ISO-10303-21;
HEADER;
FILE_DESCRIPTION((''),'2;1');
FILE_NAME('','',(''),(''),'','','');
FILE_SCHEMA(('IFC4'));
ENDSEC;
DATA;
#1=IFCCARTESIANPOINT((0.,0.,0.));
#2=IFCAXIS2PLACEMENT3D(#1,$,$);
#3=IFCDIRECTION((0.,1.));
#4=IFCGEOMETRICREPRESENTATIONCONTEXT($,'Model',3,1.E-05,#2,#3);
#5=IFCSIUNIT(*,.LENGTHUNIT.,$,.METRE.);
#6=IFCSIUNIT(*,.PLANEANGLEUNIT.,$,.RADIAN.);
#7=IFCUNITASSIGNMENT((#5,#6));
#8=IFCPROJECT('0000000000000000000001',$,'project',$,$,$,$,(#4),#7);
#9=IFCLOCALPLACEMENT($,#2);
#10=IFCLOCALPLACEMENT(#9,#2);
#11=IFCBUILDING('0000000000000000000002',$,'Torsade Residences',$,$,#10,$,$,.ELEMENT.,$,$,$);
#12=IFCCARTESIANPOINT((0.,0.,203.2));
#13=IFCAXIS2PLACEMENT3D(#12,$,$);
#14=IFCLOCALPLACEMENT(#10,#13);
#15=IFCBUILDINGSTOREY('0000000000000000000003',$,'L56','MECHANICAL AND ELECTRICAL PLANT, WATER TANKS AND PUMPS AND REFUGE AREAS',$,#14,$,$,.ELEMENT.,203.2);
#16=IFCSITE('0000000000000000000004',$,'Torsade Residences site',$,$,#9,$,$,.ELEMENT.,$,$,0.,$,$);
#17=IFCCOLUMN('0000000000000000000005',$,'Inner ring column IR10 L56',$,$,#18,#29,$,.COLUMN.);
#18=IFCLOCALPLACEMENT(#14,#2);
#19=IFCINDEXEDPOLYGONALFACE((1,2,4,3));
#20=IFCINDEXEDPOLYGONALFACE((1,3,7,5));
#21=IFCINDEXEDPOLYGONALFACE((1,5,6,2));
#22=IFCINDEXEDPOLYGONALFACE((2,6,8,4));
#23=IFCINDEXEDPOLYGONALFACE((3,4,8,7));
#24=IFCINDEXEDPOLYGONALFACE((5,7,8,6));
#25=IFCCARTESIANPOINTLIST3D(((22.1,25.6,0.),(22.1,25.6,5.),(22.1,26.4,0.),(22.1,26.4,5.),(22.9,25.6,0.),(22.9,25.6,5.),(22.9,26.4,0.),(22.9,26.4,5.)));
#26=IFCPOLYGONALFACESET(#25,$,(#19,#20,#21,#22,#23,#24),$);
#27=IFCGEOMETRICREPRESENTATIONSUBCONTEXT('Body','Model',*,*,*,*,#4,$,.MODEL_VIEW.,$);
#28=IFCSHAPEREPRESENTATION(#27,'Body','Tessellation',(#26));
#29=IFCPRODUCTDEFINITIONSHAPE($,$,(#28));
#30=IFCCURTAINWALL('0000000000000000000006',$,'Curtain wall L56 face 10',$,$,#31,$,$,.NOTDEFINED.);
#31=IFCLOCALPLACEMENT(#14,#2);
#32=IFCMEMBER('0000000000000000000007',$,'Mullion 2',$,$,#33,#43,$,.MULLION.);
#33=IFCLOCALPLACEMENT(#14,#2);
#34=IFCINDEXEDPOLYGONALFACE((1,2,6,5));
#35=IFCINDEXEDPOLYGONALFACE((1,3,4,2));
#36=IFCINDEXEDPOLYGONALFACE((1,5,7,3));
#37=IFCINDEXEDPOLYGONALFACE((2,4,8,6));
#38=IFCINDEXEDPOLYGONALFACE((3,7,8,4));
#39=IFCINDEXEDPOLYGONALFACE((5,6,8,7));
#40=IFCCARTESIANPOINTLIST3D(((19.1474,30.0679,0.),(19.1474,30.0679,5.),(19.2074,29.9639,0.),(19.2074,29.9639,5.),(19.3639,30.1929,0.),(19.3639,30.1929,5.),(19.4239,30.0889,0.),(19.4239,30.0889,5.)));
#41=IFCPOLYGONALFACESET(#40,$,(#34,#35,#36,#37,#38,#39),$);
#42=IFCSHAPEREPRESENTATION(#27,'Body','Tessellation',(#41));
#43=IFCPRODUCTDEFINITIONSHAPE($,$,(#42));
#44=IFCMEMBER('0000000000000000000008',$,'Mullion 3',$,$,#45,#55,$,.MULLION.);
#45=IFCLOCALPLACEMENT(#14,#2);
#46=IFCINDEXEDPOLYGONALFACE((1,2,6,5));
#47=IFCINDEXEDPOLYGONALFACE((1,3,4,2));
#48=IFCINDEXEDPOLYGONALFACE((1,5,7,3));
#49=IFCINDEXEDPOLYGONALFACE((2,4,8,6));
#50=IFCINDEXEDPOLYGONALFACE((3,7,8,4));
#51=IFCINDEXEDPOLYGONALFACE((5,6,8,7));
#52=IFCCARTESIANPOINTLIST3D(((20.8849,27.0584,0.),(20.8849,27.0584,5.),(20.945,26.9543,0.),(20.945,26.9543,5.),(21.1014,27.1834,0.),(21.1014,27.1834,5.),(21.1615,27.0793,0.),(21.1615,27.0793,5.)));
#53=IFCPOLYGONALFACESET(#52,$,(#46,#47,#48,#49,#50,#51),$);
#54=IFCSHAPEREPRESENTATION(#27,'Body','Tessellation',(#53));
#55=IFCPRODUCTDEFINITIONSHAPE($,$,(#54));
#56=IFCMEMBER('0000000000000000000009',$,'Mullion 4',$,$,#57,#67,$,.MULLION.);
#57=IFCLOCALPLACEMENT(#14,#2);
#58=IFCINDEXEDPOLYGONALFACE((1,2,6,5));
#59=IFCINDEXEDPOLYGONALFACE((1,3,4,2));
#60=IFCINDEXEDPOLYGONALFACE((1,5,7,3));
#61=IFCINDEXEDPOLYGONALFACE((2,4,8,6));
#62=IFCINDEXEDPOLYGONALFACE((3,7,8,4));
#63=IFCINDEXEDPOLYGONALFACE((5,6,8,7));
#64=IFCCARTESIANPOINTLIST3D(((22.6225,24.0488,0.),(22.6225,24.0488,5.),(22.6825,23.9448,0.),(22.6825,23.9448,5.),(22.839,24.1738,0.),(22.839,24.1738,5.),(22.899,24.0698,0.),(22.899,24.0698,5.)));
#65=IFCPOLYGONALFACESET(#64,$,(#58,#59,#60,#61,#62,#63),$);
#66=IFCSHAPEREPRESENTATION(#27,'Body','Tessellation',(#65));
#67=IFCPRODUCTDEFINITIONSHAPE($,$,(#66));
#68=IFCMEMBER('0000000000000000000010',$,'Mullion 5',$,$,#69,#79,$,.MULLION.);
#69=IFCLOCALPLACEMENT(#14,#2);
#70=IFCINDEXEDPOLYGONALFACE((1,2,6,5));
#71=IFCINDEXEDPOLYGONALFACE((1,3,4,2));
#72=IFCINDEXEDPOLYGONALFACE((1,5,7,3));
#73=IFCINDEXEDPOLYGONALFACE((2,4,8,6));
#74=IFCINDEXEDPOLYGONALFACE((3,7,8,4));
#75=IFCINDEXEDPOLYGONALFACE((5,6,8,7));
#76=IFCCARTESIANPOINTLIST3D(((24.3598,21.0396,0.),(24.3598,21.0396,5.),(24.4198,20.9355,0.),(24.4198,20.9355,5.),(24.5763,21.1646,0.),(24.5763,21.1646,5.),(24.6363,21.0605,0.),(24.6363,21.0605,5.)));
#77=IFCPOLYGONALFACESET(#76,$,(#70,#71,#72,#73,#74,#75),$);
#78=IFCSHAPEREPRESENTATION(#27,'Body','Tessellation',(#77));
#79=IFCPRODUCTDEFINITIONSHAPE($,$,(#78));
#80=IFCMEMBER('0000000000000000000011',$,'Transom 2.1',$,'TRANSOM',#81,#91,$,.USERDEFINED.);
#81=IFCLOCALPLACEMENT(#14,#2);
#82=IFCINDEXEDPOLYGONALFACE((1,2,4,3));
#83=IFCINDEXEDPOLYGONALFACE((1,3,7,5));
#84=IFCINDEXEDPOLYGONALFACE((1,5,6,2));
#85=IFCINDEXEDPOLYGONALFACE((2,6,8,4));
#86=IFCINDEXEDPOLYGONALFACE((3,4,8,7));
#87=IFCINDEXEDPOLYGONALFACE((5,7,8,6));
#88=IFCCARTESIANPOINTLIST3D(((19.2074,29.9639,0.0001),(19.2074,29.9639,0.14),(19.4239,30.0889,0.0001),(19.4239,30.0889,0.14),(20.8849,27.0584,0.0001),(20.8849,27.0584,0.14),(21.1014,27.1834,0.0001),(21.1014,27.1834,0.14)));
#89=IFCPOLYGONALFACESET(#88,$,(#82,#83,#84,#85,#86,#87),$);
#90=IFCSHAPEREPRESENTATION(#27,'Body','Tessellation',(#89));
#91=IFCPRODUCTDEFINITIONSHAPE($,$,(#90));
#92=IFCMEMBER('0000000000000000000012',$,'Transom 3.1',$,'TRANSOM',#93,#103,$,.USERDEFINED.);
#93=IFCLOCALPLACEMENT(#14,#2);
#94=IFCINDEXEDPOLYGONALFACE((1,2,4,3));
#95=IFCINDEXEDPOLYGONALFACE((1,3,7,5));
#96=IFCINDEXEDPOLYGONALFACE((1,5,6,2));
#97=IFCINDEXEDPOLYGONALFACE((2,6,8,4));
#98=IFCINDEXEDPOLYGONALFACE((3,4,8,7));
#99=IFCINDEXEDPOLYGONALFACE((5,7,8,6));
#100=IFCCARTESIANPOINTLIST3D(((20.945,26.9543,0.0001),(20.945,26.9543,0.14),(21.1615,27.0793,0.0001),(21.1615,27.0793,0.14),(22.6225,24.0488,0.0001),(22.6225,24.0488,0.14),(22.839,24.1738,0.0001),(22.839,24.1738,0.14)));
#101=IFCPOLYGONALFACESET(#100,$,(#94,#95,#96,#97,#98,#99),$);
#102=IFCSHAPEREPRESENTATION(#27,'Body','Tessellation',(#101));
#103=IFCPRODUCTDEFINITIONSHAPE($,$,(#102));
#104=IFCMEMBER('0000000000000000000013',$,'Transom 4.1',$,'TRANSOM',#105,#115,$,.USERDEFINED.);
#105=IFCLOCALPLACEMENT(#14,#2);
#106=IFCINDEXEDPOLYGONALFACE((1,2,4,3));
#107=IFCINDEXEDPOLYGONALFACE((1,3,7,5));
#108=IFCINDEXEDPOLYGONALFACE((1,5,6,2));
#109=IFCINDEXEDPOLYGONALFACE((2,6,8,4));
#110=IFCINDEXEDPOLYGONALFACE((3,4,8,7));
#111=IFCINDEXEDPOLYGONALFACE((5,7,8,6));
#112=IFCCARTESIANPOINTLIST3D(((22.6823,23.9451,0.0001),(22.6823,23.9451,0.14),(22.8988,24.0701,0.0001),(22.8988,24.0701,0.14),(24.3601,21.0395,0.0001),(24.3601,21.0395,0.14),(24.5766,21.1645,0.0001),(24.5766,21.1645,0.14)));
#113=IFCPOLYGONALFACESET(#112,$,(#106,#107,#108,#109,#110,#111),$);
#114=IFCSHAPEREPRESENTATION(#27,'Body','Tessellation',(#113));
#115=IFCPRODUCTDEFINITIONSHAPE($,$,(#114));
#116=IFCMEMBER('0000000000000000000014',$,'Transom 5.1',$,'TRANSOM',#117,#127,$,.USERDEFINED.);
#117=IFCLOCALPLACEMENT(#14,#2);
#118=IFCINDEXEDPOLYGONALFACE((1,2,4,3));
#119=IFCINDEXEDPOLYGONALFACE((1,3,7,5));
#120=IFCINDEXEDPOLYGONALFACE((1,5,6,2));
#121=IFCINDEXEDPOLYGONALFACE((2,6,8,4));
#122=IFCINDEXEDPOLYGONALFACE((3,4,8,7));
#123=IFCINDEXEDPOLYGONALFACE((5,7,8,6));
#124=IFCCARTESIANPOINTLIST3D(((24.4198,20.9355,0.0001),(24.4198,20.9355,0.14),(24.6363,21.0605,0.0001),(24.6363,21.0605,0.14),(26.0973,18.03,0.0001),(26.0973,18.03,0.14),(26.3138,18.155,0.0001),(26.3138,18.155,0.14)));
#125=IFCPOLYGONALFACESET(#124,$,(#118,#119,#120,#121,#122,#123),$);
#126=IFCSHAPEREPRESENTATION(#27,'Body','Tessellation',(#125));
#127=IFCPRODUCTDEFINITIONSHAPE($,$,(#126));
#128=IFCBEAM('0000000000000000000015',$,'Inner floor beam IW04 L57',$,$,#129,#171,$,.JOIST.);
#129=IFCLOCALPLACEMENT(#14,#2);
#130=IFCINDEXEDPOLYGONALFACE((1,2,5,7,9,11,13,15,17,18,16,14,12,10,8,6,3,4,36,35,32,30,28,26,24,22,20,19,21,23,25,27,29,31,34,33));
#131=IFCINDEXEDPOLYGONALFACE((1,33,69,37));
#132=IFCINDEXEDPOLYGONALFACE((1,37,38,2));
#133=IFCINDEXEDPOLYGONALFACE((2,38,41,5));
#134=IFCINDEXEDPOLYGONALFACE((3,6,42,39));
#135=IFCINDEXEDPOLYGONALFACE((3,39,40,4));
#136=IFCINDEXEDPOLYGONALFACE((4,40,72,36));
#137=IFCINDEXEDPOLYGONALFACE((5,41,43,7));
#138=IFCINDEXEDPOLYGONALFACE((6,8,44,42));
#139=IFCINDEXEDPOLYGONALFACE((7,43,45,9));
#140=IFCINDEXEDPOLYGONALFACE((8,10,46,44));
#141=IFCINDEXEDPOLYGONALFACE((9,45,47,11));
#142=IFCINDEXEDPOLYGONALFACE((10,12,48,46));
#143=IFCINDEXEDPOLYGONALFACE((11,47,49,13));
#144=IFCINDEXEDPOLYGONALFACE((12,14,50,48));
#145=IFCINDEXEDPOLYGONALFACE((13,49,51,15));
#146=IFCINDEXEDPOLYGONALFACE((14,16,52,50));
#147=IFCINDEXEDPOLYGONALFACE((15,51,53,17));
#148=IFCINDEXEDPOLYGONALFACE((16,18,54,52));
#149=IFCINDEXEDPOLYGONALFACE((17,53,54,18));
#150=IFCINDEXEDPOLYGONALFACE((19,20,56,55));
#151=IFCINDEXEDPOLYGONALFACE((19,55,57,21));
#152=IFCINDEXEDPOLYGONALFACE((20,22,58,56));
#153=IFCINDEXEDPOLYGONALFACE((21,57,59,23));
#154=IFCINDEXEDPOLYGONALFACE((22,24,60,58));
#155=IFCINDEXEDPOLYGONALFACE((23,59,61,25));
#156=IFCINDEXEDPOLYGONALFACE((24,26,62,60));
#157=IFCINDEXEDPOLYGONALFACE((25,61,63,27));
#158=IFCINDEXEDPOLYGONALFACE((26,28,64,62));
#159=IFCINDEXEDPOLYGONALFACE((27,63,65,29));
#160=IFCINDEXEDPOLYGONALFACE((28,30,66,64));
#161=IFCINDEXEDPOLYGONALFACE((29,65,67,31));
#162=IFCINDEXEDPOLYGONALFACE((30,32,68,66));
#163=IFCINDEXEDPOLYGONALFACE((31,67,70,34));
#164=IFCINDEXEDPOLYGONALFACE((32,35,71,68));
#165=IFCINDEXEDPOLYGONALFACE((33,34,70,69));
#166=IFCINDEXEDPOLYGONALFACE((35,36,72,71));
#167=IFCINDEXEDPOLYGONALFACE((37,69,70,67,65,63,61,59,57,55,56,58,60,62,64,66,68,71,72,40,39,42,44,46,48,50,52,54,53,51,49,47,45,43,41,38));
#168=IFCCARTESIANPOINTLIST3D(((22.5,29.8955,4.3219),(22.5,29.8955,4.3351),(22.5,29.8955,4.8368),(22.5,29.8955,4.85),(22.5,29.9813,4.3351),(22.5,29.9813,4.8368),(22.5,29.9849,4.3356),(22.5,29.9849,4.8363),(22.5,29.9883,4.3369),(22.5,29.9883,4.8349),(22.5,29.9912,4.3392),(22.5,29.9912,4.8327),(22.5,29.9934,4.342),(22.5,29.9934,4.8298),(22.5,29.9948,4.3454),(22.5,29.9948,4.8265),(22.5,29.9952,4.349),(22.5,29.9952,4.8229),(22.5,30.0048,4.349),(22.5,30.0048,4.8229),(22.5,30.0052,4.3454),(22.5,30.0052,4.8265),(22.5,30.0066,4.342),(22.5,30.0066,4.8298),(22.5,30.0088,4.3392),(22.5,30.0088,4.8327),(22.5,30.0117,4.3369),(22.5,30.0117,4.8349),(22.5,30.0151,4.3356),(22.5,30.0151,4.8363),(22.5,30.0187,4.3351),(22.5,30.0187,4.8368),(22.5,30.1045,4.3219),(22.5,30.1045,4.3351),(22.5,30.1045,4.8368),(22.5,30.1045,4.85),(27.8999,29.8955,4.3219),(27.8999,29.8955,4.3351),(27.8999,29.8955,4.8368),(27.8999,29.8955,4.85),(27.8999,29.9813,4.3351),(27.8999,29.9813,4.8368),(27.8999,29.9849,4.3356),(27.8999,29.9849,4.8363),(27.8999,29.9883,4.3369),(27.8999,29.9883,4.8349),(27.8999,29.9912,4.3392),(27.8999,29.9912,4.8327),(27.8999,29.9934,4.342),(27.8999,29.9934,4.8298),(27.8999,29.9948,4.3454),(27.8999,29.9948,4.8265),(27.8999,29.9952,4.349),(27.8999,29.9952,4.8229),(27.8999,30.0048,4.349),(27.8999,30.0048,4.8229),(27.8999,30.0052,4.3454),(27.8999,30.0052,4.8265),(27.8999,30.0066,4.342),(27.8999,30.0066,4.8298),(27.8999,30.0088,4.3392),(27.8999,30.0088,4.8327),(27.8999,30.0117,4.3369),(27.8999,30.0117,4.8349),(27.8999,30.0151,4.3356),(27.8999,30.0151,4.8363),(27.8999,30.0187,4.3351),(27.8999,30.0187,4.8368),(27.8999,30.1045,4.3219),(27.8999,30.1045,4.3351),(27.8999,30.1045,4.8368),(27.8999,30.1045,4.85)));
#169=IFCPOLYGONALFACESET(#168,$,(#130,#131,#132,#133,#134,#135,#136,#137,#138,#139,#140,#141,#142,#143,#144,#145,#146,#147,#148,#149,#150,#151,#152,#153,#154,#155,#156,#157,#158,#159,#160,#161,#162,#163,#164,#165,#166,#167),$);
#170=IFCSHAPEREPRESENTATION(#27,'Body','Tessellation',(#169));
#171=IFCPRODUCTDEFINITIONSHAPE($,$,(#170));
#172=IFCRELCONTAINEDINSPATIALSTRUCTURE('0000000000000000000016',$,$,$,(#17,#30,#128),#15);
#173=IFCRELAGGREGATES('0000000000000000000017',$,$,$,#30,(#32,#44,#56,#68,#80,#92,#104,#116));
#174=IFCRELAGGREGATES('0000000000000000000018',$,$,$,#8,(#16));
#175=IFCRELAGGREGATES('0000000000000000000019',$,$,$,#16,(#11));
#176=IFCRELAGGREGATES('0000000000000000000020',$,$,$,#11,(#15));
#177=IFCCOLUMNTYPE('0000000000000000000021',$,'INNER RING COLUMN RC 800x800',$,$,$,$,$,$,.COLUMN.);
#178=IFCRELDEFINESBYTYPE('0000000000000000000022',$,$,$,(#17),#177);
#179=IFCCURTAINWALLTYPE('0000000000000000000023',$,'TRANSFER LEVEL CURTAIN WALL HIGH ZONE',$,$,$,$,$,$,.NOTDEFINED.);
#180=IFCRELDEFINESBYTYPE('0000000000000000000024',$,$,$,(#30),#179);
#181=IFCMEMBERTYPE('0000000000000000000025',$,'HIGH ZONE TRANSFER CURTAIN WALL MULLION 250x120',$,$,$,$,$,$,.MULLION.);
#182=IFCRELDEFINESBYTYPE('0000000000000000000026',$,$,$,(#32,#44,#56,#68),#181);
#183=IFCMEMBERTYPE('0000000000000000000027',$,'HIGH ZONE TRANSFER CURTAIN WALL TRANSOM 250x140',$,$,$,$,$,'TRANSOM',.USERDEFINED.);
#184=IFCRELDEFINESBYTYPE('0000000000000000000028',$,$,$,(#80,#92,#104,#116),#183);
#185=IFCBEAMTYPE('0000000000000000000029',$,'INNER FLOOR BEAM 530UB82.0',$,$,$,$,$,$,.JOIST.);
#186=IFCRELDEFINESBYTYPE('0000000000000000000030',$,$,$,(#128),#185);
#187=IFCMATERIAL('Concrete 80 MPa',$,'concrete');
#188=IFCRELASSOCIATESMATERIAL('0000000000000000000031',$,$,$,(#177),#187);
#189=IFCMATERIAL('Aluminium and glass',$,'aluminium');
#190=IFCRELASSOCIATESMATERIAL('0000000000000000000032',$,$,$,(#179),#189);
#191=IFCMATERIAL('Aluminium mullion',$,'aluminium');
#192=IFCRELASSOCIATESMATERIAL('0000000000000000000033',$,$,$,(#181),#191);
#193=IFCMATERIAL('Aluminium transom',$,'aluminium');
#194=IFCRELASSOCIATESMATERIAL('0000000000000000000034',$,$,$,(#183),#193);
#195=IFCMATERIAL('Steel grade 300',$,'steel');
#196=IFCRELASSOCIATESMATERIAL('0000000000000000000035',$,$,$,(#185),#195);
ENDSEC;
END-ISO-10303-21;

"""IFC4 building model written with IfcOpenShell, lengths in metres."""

from ifc_helpers import new_model, si_unit, direction, frame, origin, origin_2d, place, context, subcontext, project, spatial, rectangle, i_section, extrude, material, material_profile, profile_set, type_object, element, aggregate, save


model = new_model("IFC4")

# Units and contexts
model_context = context("Model", 3, precision=1e-05, world=origin(), true_north=direction((0.0, 1.0)))
body_context = subcontext(model_context, "Body", "Model", "MODEL_VIEW")
ifc_project = project(units=[si_unit("LENGTHUNIT", "METRE"), si_unit("PLANEANGLEUNIT", "RADIAN")], contexts=[model_context])

# Site, building, storey
site_placement = place(None, origin())
site = spatial("IfcSite", under=ifc_project, at=site_placement, Name="Torsade Residences site", CompositionType="ELEMENT", RefElevation=0.0)
building_placement = place(site_placement, origin())
building = spatial("IfcBuilding", under=site, at=building_placement, Name="Torsade Residences", CompositionType="ELEMENT")
storey_placement = place(building_placement, frame((0.0, 0.0, 203.2)))
storey = spatial("IfcBuildingStorey", under=building, at=storey_placement, Name="L56", Description="MECHANICAL AND ELECTRICAL PLANT, WATER TANKS AND PUMPS AND REFUGE AREAS", CompositionType="ELEMENT", Elevation=203.2)

# Column
ifc_material_1 = material(Name="Concrete 80 MPa", Category="concrete")
ifc_material_profile_1 = material_profile(ifc_material_1, rectangle(XDim=0.8, YDim=0.8, at=origin_2d()), Name="RC 800x800")
ifc_profile_set_1 = profile_set([ifc_material_profile_1], Name="Concrete 80 MPa")
column_type = type_object("IfcColumnType", Name="INNER RING COLUMN RC 800x800", PredefinedType="COLUMN", material=ifc_profile_set_1)
column_placement = place(storey_placement, frame((22.5, 26.0, 0.0), z_axis=(0.0, 0.0, 1.0), x_axis=(1.0, 0.0, 0.0)))
element("IfcColumn", 1, at=column_placement, inside=storey, type_object=column_type, Name="Inner ring column IR10 L56", PredefinedType="COLUMN", context=body_context, shape_type="SweptSolid", body=[
    extrude(rectangle(XDim=0.8, YDim=0.8, at=origin_2d()), origin(), (0.0, 0.0, 1.0), 5.0),
])

# Curtain wall, members
ifc_material_2 = material(Name="Aluminium and glass", Category="aluminium")
curtain_wall_type = type_object("IfcCurtainWallType", Name="TRANSFER LEVEL CURTAIN WALL HIGH ZONE", PredefinedType="NOTDEFINED", material=ifc_material_2)
curtain_wall_placement = place(storey_placement, origin())
curtain_wall = element("IfcCurtainWall", 2, at=curtain_wall_placement, inside=storey, type_object=curtain_wall_type, Name="Curtain wall L56 face 10", PredefinedType="NOTDEFINED")
ifc_material_3 = material(Name="Aluminium mullion", Category="aluminium")
ifc_material_profile_2 = material_profile(ifc_material_3, rectangle(XDim=0.25, YDim=0.1201, at=origin_2d()), Name="HIGH ZONE TRANSFER CURTAIN WALL MULLION 250x120")
ifc_profile_set_2 = profile_set([ifc_material_profile_2], Name="Aluminium mullion")
member_type_1 = type_object("IfcMemberType", Name="HIGH ZONE TRANSFER CURTAIN WALL MULLION 250x120", PredefinedType="MULLION", material=ifc_profile_set_2)
member_1_placement = place(storey_placement, frame((19.2856, 30.0784, 0.0), z_axis=(0.0, 0.0, 1.0), x_axis=(0.866025, 0.5, 0.0)))
member_1 = element("IfcMember", 3, at=member_1_placement, type_object=member_type_1, Name="Mullion 2", PredefinedType="MULLION", context=body_context, shape_type="SweptSolid", body=[
    extrude(rectangle(XDim=0.25, YDim=0.1201, at=origin_2d()), origin(), (0.0, 0.0, 1.0), 5.0),
])
member_2_placement = place(storey_placement, frame((21.0232, 27.0688, 0.0), z_axis=(0.0, 0.0, 1.0), x_axis=(0.866025, 0.5, 0.0)))
member_2 = element("IfcMember", 4, at=member_2_placement, type_object=member_type_1, Name="Mullion 3", PredefinedType="MULLION", context=body_context, shape_type="SweptSolid", body=[
    extrude(rectangle(XDim=0.25, YDim=0.1201, at=origin_2d()), origin(), (0.0, 0.0, 1.0), 5.0),
])
member_3_placement = place(storey_placement, frame((22.7607, 24.0593, 0.0), z_axis=(0.0, 0.0, 1.0), x_axis=(0.866025, 0.5, 0.0)))
member_3 = element("IfcMember", 5, at=member_3_placement, type_object=member_type_1, Name="Mullion 4", PredefinedType="MULLION", context=body_context, shape_type="SweptSolid", body=[
    extrude(rectangle(XDim=0.25, YDim=0.1201, at=origin_2d()), origin(), (0.0, 0.0, 1.0), 5.0),
])
member_4_placement = place(storey_placement, frame((24.498, 21.05, 0.0), z_axis=(0.0, 0.0, 1.0), x_axis=(0.866025, 0.5, 0.0)))
member_4 = element("IfcMember", 6, at=member_4_placement, type_object=member_type_1, Name="Mullion 5", PredefinedType="MULLION", context=body_context, shape_type="SweptSolid", body=[
    extrude(rectangle(XDim=0.25, YDim=0.1201, at=origin_2d()), origin(), (0.0, 0.0, 1.0), 5.0),
])
ifc_material_4 = material(Name="Aluminium transom", Category="aluminium")
ifc_material_profile_3 = material_profile(ifc_material_4, rectangle(XDim=0.25, YDim=0.1399, at=origin_2d()), Name="HIGH ZONE TRANSFER CURTAIN WALL TRANSOM 250x140")
ifc_profile_set_3 = profile_set([ifc_material_profile_3], Name="Aluminium transom")
member_type_2 = type_object("IfcMemberType", Name="HIGH ZONE TRANSFER CURTAIN WALL TRANSOM 250x140", ElementType="TRANSOM", PredefinedType="USERDEFINED", material=ifc_profile_set_3)
member_5_placement = place(storey_placement, frame((19.3157, 30.0264, 0.0701), z_axis=(0.499998, -0.866027, 0.0), x_axis=(0.866027, 0.499998, 0.0)))
member_5 = element("IfcMember", 7, at=member_5_placement, type_object=member_type_2, Name="Transom 2.1", ObjectType="TRANSOM", PredefinedType="USERDEFINED", context=body_context, shape_type="SweptSolid", body=[
    extrude(rectangle(XDim=0.25, YDim=0.1399, at=origin_2d()), origin(), (0.0, 0.0, 1.0), 3.355),
])
member_6_placement = place(storey_placement, frame((21.0532, 27.0168, 0.0701), z_axis=(0.499998, -0.866027, 0.0), x_axis=(0.866027, 0.499998, 0.0)))
member_6 = element("IfcMember", 8, at=member_6_placement, type_object=member_type_2, Name="Transom 3.1", ObjectType="TRANSOM", PredefinedType="USERDEFINED", context=body_context, shape_type="SweptSolid", body=[
    extrude(rectangle(XDim=0.25, YDim=0.1399, at=origin_2d()), origin(), (0.0, 0.0, 1.0), 3.355),
])
member_7_placement = place(storey_placement, frame((22.7905, 24.0076, 0.0701), z_axis=(0.500052, -0.865995, 0.0), x_axis=(0.865995, 0.500052, 0.0)))
member_7 = element("IfcMember", 9, at=member_7_placement, type_object=member_type_2, Name="Transom 4.1", ObjectType="TRANSOM", PredefinedType="USERDEFINED", context=body_context, shape_type="SweptSolid", body=[
    extrude(rectangle(XDim=0.25, YDim=0.1399, at=origin_2d()), origin(), (0.0, 0.0, 1.0), 3.3552),
])
member_8_placement = place(storey_placement, frame((24.5281, 20.998, 0.0701), z_axis=(0.499998, -0.866027, 0.0), x_axis=(0.866027, 0.499998, 0.0)))
member_8 = element("IfcMember", 10, at=member_8_placement, type_object=member_type_2, Name="Transom 5.1", ObjectType="TRANSOM", PredefinedType="USERDEFINED", context=body_context, shape_type="SweptSolid", body=[
    extrude(rectangle(XDim=0.25, YDim=0.1399, at=origin_2d()), origin(), (0.0, 0.0, 1.0), 3.355),
])

# Beam
ifc_material_5 = material(Name="Steel grade 300", Category="steel")
ifc_material_profile_4 = material_profile(ifc_material_5, i_section(OverallWidth=0.209, OverallDepth=0.5281, WebThickness=0.0095, FlangeThickness=0.0132, FilletRadius=0.0139, at=origin_2d()), Name="530UB82.0")
ifc_profile_set_4 = profile_set([ifc_material_profile_4], Name="Steel grade 300")
beam_type_1 = type_object("IfcBeamType", Name="INNER FLOOR BEAM 530UB82.0", PredefinedType="JOIST", material=ifc_profile_set_4)
for number, where, z_axis, x_axis, name in (
    (11, (27.8999, 30.0, 4.5859), (-1.0, 0.0, 0.0), (0.0, -1.0, 0.0), "Inner floor beam IW04 L57"),
):
    element("IfcBeam", number, at=place(storey_placement, frame(where, z_axis=z_axis, x_axis=x_axis)), inside=storey, type_object=beam_type_1, Name=name, PredefinedType="JOIST", context=body_context, shape_type="SweptSolid", body=[
        extrude(i_section(OverallWidth=0.209, OverallDepth=0.5281, WebThickness=0.0095, FlangeThickness=0.0132, FilletRadius=0.0139, at=origin_2d()), origin(), (0.0, 0.0, 1.0), 5.3999),
    ])

aggregate(curtain_wall, [member_1, member_2, member_3, member_4, member_5, member_6, member_7, member_8])

save(model, "model.ifc")
